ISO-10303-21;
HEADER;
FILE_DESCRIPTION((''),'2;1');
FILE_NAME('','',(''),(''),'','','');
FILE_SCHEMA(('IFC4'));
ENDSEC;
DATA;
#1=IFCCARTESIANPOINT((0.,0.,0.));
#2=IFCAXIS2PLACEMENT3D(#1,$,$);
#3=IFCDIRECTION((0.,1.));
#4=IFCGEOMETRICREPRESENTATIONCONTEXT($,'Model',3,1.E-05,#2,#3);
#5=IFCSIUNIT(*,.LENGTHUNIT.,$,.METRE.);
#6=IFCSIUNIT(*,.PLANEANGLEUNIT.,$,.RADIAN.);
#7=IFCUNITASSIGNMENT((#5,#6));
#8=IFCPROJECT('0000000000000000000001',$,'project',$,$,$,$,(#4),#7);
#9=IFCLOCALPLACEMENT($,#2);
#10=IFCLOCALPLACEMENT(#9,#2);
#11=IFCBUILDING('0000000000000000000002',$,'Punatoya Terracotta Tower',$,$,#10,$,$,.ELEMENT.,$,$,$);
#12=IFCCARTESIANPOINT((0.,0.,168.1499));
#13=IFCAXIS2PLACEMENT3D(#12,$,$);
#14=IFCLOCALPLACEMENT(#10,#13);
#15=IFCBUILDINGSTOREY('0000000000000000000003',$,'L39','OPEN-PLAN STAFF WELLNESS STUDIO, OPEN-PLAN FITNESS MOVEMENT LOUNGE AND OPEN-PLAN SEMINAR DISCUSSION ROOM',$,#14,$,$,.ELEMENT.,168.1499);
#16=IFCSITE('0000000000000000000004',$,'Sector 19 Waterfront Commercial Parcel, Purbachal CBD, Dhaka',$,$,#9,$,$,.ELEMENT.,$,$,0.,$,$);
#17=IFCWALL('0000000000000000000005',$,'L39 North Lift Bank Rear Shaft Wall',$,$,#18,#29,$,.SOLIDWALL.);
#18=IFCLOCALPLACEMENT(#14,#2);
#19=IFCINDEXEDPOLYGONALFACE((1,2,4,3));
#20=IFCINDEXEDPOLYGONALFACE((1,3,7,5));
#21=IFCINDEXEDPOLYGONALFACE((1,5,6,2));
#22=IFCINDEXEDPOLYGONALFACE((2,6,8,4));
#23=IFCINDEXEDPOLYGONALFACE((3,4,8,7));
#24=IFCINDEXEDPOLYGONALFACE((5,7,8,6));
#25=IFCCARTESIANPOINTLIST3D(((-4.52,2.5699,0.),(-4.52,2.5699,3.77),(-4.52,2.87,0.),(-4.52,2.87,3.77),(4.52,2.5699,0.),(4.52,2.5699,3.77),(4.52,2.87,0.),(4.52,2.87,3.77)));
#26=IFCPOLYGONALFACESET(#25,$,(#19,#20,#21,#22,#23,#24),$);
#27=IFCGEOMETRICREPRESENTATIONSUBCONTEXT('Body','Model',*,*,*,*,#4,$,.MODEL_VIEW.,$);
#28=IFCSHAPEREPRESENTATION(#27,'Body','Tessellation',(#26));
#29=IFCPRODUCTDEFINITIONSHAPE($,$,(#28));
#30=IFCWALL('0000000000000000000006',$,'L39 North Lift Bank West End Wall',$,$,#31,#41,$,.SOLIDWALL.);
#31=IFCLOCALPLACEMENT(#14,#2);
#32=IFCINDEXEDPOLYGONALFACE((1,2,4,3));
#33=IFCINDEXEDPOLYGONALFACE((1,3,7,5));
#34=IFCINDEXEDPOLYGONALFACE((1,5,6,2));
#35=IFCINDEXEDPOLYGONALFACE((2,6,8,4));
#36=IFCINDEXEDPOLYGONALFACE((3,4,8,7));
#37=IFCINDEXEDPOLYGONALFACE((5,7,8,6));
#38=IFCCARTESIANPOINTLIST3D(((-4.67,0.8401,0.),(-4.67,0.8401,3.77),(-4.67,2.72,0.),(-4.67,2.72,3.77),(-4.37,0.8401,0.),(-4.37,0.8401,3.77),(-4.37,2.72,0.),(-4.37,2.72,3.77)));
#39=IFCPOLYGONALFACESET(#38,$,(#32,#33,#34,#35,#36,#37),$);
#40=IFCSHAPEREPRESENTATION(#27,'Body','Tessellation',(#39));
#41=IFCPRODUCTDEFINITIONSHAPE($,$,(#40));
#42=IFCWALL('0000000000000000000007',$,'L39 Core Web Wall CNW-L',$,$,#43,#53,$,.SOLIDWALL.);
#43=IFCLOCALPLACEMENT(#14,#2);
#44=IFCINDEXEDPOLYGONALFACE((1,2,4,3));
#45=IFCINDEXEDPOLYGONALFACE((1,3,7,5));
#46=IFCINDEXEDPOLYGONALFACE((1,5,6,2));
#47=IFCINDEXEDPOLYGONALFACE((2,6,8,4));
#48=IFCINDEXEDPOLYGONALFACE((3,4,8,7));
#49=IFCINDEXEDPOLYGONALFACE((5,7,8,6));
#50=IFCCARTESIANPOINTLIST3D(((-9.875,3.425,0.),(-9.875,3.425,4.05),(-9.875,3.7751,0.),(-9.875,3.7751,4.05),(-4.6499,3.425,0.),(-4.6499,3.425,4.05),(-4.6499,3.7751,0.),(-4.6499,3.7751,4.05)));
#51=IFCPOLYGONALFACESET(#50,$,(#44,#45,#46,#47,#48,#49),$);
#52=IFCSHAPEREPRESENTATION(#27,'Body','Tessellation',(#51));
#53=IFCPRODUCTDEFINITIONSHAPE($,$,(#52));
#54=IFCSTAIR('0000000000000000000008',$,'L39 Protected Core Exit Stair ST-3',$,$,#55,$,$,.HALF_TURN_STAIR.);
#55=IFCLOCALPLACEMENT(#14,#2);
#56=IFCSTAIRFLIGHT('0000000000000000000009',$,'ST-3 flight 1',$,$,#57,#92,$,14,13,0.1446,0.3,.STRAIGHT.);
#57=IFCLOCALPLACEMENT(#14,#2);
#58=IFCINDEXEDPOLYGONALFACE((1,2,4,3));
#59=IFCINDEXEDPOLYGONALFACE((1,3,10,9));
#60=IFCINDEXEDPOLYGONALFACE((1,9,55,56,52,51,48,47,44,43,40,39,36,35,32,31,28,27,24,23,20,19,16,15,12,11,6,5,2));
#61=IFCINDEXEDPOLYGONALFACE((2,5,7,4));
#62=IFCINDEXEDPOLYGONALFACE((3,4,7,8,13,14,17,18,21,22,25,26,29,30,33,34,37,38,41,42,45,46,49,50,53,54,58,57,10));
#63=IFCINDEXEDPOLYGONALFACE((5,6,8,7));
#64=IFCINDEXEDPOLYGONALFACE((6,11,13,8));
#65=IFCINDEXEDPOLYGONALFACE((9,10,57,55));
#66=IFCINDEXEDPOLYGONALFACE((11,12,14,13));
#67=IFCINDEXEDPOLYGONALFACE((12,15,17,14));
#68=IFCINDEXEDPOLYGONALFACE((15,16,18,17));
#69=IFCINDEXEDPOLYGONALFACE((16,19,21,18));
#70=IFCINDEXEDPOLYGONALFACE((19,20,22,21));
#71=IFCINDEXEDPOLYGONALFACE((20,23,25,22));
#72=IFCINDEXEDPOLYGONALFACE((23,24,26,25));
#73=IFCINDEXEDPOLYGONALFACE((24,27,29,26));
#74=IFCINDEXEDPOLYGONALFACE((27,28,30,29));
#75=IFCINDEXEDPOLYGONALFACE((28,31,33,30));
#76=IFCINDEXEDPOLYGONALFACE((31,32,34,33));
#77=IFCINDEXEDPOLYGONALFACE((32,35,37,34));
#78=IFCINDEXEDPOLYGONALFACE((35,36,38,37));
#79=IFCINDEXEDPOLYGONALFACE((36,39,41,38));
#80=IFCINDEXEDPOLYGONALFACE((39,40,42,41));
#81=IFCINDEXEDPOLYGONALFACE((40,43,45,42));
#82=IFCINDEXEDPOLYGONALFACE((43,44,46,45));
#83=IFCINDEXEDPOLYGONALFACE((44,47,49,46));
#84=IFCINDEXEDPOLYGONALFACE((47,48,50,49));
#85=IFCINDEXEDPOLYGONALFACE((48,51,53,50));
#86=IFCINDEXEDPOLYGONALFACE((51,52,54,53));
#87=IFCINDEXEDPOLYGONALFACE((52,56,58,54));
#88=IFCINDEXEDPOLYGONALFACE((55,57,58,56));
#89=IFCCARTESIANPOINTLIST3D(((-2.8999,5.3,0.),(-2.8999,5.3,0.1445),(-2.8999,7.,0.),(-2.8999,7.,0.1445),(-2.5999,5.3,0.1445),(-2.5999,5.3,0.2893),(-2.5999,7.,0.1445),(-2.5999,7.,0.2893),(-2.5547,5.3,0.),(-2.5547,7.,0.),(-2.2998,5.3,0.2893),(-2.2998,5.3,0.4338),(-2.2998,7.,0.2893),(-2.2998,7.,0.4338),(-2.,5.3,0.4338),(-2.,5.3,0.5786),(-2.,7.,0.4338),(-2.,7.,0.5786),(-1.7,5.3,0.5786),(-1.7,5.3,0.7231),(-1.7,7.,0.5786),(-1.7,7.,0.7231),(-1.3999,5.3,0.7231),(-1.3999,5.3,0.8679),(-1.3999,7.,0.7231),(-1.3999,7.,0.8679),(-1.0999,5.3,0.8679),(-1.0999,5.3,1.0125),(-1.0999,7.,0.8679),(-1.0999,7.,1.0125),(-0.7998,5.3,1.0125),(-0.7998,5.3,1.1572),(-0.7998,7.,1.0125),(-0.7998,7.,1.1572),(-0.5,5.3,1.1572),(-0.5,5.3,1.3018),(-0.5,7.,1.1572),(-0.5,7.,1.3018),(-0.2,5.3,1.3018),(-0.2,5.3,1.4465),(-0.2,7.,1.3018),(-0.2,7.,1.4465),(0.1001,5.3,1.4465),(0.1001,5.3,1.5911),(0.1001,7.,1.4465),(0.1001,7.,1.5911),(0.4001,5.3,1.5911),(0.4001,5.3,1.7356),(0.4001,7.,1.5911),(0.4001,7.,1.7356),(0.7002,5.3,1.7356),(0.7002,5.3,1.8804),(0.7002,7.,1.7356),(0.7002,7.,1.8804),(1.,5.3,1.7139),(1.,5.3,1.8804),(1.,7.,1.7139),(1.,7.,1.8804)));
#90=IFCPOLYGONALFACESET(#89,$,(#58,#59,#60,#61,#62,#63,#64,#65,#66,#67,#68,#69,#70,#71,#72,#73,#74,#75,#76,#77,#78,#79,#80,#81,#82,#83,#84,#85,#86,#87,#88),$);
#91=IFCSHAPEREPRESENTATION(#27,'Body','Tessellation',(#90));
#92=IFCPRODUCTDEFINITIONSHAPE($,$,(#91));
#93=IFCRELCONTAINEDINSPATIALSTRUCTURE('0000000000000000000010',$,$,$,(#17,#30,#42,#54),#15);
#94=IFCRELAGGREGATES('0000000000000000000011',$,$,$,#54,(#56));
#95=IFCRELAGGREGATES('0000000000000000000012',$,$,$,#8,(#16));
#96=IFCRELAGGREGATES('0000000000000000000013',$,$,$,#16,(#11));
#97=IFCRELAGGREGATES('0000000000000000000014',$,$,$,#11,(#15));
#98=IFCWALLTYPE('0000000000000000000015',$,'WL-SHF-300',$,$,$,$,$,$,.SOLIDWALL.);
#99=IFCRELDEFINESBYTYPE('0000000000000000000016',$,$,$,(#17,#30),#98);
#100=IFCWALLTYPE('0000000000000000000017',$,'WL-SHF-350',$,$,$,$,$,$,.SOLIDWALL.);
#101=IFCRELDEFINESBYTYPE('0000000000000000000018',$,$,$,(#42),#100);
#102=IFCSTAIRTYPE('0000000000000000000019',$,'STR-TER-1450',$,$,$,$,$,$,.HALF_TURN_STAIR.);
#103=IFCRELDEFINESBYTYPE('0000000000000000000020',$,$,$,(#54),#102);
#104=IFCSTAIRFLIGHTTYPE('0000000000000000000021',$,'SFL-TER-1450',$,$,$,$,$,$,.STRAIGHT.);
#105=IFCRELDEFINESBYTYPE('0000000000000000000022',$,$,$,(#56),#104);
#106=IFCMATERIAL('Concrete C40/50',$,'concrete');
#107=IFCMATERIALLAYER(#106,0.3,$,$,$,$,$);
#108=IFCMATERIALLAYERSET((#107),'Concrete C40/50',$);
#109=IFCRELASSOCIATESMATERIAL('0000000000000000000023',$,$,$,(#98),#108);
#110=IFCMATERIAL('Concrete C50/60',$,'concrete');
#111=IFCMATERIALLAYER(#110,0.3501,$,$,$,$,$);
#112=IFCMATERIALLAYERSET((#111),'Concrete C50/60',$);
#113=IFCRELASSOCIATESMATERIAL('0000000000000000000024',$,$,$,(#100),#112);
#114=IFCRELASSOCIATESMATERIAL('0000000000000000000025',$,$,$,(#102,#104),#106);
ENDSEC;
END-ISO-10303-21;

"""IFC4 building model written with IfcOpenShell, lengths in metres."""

from ifc_helpers import new_model, si_unit, direction, frame, frame_2d, origin, place, context, subcontext, project, spatial, polyline, rectangle, outline, extrude, material, layer, layer_set, type_object, element, aggregate, save


model = new_model("IFC4")

# Units and contexts
model_context = context("Model", 3, precision=1e-05, world=origin(), true_north=direction((0.0, 1.0)))
body_context = subcontext(model_context, "Body", "Model", "MODEL_VIEW")
ifc_project = project(units=[si_unit("LENGTHUNIT", "METRE"), si_unit("PLANEANGLEUNIT", "RADIAN")], contexts=[model_context])

# Site, building, storey
site_placement = place(None, origin())
site = spatial("IfcSite", under=ifc_project, at=site_placement, Name="Sector 19 Waterfront Commercial Parcel, Purbachal CBD, Dhaka", CompositionType="ELEMENT", RefElevation=0.0)
building_placement = place(site_placement, origin())
building = spatial("IfcBuilding", under=site, at=building_placement, Name="Punatoya Terracotta Tower", CompositionType="ELEMENT")
storey_placement = place(building_placement, frame((0.0, 0.0, 168.1499)))
storey = spatial("IfcBuildingStorey", under=building, at=storey_placement, Name="L39", Description="OPEN-PLAN STAFF WELLNESS STUDIO, OPEN-PLAN FITNESS MOVEMENT LOUNGE AND OPEN-PLAN SEMINAR DISCUSSION ROOM", CompositionType="ELEMENT", Elevation=168.1499)

# Shared definitions
ifc_material_1 = material(Name="Concrete C40/50", Category="concrete")

# Shared definitions
ifc_layer_1 = layer(ifc_material_1, 0.3)
ifc_layer_set_1 = layer_set([ifc_layer_1], Name="Concrete C40/50")
wall_type_1 = type_object("IfcWallType", Name="WL-SHF-300", PredefinedType="SOLIDWALL", material=ifc_layer_set_1)

# Walls
wall_1_placement = place(storey_placement, frame((-4.52, 2.72, 0.0), z_axis=(0.0, 0.0, 1.0), x_axis=(1.0, 0.0, 0.0)))
element("IfcWall", 1, at=wall_1_placement, inside=storey, type_object=wall_type_1, Name="L39 North Lift Bank Rear Shaft Wall", PredefinedType="SOLIDWALL", context=body_context, shape_type="SweptSolid", body=[
    extrude(rectangle(XDim=9.04, YDim=0.3, at=frame_2d((4.52, 0.0))), origin(), (0.0, 0.0, 1.0), 3.77),
])
wall_2_placement = place(storey_placement, frame((-4.52, 0.8401, 0.0), z_axis=(0.0, 0.0, 1.0), x_axis=(0.0, 1.0, 0.0)))
element("IfcWall", 2, at=wall_2_placement, inside=storey, type_object=wall_type_1, Name="L39 North Lift Bank West End Wall", PredefinedType="SOLIDWALL", context=body_context, shape_type="SweptSolid", body=[
    extrude(rectangle(XDim=1.8799, YDim=0.3, at=frame_2d((0.9399, 0.0))), origin(), (0.0, 0.0, 1.0), 3.77),
])
ifc_material_2 = material(Name="Concrete C50/60", Category="concrete")
ifc_layer_2 = layer(ifc_material_2, 0.3501)
ifc_layer_set_2 = layer_set([ifc_layer_2], Name="Concrete C50/60")
wall_type_2 = type_object("IfcWallType", Name="WL-SHF-350", PredefinedType="SOLIDWALL", material=ifc_layer_set_2)
wall_3_placement = place(storey_placement, frame((-9.875, 3.6001, 0.0), z_axis=(0.0, 0.0, 1.0), x_axis=(1.0, 0.0, 0.0)))
element("IfcWall", 3, at=wall_3_placement, inside=storey, type_object=wall_type_2, Name="L39 Core Web Wall CNW-L", PredefinedType="SOLIDWALL", context=body_context, shape_type="SweptSolid", body=[
    extrude(rectangle(XDim=5.2251, YDim=0.3501, at=frame_2d((2.6125, 0.0))), origin(), (0.0, 0.0, 1.0), 4.05),
])

# Stair, stair flight
stair_type = type_object("IfcStairType", Name="STR-TER-1450", PredefinedType="HALF_TURN_STAIR", material=ifc_material_1)
stair_placement = place(storey_placement, origin())
stair = element("IfcStair", 4, at=stair_placement, inside=storey, type_object=stair_type, Name="L39 Protected Core Exit Stair ST-3", PredefinedType="HALF_TURN_STAIR")
stair_flight_type = type_object("IfcStairFlightType", Name="SFL-TER-1450", PredefinedType="STRAIGHT", material=ifc_material_1)
stair_flight_placement = place(storey_placement, frame((-2.8999, 6.1499, 0.0), z_axis=(0.0, 0.0, 1.0), x_axis=(1.0, 0.0, 0.0)))
stair_flight = element("IfcStairFlight", 5, at=stair_flight_placement, type_object=stair_flight_type, Name="ST-3 flight 1", NumberOfRisers=14, NumberOfTreads=13, PredefinedType="STRAIGHT", RiserHeight=0.1446, TreadLength=0.3, context=body_context, shape_type="SweptSolid", body=[
    extrude(outline(polyline([(0.0, 0.0), (0.0, 0.1445), (0.3, 0.1445), (0.3, 0.2893), (0.6001, 0.2893), (0.6001, 0.4338), (0.8999, 0.4338), (0.8999, 0.5786), (1.2, 0.5786), (1.2, 0.7231), (1.5, 0.7231), (1.5, 0.8679), (1.8, 0.8679), (1.8, 1.0125), (2.1001, 1.0125), (2.1001, 1.1572), (2.3999, 1.1572), (2.3999, 1.3018), (2.7, 1.3018), (2.7, 1.4465), (3.0, 1.4465), (3.0, 1.5911), (3.3, 1.5911), (3.3, 1.7356), (3.6001, 1.7356), (3.6001, 1.8804), (3.8999, 1.8804), (3.8999, 2.0249), (3.8999, 1.7139), (0.3452, 0.0), (0.0, 0.0)])), frame((0.0, 0.8501, 0.0), z_axis=(0.0, -1.0, 0.0), x_axis=(1.0, 0.0, 0.0)), (0.0, 0.0, 1.0), 1.7),
])
aggregate(stair, [stair_flight])

save(model, "model.ifc")
